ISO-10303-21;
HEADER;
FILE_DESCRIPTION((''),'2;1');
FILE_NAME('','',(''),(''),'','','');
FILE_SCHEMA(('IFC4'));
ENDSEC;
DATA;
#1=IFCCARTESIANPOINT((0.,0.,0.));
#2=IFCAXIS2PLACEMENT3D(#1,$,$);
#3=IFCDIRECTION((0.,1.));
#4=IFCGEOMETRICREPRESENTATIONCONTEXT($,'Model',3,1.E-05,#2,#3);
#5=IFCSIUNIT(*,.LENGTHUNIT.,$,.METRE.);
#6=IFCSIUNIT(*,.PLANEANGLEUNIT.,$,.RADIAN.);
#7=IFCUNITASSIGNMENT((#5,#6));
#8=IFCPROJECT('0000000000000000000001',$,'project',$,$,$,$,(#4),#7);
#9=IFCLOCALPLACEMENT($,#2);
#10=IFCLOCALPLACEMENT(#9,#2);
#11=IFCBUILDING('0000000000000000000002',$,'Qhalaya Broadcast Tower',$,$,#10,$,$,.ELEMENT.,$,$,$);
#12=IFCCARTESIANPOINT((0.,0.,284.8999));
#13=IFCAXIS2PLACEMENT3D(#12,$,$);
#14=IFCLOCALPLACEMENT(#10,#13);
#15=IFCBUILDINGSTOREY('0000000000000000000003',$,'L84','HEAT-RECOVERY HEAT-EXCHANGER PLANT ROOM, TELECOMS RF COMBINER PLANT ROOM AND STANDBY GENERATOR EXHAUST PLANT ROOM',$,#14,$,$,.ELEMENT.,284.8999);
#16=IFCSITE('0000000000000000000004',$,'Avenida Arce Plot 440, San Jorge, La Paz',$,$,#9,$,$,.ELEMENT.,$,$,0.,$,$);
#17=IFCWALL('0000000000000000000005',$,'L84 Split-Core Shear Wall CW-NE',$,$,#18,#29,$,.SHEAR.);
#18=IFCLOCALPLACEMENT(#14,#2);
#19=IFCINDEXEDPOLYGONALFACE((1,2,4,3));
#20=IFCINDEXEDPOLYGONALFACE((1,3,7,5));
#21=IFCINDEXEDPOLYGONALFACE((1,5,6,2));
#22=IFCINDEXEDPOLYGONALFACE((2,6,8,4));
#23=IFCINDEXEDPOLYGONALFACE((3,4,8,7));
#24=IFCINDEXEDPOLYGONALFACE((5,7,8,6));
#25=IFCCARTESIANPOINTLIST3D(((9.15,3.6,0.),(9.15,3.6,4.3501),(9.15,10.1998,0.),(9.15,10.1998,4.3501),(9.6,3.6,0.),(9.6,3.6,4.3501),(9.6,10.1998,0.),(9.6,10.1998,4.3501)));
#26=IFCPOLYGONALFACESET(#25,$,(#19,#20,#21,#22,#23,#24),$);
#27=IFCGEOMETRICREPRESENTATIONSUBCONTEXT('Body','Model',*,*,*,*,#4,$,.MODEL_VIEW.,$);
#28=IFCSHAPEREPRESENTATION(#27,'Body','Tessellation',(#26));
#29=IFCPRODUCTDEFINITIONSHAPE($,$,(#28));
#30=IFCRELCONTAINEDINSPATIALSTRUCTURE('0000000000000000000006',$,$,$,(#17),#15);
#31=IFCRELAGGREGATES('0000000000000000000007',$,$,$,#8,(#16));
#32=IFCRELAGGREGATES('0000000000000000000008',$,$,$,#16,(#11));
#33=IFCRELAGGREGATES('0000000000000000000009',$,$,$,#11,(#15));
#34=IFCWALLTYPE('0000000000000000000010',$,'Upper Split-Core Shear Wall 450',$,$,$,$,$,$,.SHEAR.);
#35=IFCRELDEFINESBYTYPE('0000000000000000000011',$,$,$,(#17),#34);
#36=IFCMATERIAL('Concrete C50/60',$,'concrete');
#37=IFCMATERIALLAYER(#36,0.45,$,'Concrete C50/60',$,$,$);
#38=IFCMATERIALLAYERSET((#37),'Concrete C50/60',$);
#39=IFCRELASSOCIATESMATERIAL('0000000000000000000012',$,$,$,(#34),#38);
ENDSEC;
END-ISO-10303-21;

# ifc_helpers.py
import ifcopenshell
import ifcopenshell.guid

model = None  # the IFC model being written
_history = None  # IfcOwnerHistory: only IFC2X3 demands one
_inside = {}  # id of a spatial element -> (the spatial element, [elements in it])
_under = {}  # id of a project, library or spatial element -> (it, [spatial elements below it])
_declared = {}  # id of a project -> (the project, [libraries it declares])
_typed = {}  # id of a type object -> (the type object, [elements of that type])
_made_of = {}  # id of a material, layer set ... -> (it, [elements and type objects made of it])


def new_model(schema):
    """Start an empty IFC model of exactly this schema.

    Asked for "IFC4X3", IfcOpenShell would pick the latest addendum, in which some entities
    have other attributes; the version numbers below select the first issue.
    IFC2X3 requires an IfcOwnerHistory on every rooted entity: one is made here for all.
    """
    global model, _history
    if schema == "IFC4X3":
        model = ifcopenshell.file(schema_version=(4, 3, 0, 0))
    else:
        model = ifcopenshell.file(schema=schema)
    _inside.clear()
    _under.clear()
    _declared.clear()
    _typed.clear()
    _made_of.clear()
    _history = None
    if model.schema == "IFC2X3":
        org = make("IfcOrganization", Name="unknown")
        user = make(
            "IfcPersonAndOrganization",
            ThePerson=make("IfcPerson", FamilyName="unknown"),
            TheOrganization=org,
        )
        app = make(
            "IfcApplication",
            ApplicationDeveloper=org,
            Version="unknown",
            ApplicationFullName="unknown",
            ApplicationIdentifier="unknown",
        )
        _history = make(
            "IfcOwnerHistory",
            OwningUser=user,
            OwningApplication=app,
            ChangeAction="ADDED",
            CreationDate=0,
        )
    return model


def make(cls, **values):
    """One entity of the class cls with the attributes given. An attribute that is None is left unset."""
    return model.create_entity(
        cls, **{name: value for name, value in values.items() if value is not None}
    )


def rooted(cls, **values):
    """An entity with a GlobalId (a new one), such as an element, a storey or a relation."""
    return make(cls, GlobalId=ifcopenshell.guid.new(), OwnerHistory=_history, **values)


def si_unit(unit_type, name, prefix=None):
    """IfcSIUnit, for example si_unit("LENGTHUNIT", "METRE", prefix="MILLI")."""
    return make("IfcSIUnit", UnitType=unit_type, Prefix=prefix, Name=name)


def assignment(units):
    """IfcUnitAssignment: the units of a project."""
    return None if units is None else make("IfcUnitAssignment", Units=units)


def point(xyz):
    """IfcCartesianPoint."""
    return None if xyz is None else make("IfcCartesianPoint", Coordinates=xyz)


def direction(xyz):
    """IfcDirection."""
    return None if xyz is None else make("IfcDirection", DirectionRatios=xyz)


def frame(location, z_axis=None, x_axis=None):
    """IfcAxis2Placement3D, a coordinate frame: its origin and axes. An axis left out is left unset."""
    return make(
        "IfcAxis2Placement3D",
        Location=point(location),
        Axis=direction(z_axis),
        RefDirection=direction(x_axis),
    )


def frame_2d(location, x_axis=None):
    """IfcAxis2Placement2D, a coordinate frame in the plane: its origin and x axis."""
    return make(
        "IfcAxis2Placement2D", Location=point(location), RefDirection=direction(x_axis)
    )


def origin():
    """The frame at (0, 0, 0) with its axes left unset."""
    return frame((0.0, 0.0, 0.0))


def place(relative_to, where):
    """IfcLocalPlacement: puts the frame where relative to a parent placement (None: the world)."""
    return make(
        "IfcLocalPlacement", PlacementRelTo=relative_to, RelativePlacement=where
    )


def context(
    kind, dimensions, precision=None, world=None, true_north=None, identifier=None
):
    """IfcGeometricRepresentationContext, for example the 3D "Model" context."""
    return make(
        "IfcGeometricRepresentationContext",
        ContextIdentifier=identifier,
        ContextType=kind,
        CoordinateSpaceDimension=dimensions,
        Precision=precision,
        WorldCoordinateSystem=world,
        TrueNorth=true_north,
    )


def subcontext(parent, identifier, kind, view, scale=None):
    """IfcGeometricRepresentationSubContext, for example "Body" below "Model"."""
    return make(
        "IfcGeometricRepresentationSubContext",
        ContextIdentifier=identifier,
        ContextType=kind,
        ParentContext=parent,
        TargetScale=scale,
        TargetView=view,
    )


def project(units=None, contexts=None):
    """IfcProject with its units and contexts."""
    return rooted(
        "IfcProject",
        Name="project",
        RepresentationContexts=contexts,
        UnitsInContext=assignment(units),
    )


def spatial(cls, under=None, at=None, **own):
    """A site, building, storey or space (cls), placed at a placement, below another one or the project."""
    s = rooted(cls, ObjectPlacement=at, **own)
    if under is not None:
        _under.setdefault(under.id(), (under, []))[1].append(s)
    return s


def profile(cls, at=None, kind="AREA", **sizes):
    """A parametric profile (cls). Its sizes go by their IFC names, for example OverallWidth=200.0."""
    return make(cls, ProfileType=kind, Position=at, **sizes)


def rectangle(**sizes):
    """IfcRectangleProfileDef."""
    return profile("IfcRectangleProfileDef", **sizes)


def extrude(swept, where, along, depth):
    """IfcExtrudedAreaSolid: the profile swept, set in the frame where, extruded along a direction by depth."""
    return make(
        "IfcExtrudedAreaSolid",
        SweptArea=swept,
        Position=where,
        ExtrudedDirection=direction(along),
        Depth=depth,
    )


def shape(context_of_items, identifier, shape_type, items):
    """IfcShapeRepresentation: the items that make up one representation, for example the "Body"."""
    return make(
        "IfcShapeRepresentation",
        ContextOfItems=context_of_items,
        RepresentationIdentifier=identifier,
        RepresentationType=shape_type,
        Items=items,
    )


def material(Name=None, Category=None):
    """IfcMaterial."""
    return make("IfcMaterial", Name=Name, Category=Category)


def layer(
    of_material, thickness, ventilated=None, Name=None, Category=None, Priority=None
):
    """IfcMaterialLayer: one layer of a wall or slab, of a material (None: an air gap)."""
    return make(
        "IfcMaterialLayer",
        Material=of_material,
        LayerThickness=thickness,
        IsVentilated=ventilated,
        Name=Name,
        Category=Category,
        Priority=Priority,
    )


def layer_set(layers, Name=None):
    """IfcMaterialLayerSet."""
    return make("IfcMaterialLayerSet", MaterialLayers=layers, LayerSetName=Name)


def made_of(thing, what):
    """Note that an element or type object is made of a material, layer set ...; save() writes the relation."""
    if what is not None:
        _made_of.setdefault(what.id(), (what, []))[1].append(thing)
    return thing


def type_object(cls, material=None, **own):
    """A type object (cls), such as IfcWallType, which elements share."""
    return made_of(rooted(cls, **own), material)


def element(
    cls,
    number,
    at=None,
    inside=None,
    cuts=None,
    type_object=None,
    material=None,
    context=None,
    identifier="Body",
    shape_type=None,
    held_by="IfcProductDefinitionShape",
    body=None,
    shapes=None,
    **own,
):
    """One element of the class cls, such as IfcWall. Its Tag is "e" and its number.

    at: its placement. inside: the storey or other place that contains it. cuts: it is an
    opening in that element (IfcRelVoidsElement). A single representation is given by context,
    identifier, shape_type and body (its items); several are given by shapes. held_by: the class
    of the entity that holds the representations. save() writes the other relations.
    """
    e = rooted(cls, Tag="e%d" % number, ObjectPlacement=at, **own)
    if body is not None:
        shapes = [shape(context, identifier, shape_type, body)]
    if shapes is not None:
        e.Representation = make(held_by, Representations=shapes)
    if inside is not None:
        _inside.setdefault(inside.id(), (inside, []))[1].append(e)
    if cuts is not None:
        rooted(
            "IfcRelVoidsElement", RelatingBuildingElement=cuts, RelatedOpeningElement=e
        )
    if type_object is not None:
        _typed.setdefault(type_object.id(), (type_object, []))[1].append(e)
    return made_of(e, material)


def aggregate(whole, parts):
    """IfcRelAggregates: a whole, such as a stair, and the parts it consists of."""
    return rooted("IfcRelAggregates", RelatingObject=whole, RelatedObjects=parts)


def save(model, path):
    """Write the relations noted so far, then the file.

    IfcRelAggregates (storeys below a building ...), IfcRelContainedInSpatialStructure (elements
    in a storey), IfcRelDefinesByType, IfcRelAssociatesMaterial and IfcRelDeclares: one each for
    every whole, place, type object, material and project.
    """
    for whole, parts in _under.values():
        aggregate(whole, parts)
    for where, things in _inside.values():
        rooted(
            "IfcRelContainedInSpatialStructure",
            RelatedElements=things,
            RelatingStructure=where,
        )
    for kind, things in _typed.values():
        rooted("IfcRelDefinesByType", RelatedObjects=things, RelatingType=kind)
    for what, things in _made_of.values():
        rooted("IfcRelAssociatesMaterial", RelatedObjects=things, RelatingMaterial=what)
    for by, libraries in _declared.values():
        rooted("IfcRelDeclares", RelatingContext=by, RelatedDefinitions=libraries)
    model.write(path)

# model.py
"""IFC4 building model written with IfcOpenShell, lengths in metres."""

from ifc_helpers import new_model, si_unit, direction, frame, frame_2d, origin, place, context, subcontext, project, spatial, rectangle, extrude, material, layer, layer_set, type_object, element, save


model = new_model("IFC4")

# Units and contexts
model_context = context("Model", 3, precision=1e-05, world=origin(), true_north=direction((0.0, 1.0)))
body_context = subcontext(model_context, "Body", "Model", "MODEL_VIEW")
ifc_project = project(units=[si_unit("LENGTHUNIT", "METRE"), si_unit("PLANEANGLEUNIT", "RADIAN")], contexts=[model_context])

# Site, building, storey
site_placement = place(None, origin())
site = spatial("IfcSite", under=ifc_project, at=site_placement, Name="Avenida Arce Plot 440, San Jorge, La Paz", CompositionType="ELEMENT", RefElevation=0.0)
building_placement = place(site_placement, origin())
building = spatial("IfcBuilding", under=site, at=building_placement, Name="Qhalaya Broadcast Tower", CompositionType="ELEMENT")
storey_placement = place(building_placement, frame((0.0, 0.0, 284.8999)))
storey = spatial("IfcBuildingStorey", under=building, at=storey_placement, Name="L84", Description="HEAT-RECOVERY HEAT-EXCHANGER PLANT ROOM, TELECOMS RF COMBINER PLANT ROOM AND STANDBY GENERATOR EXHAUST PLANT ROOM", CompositionType="ELEMENT", Elevation=284.8999)

# Shared definitions
ifc_material_1 = material(Name="Concrete C50/60", Category="concrete")

# Wall
ifc_layer_1 = layer(ifc_material_1, 0.45, Name="Concrete C50/60")
ifc_layer_set_1 = layer_set([ifc_layer_1], Name="Concrete C50/60")
wall_type_1 = type_object("IfcWallType", Name="Upper Split-Core Shear Wall 450", PredefinedType="SHEAR", material=ifc_layer_set_1)
wall_1_placement = place(storey_placement, frame((9.375, 3.6001, 0.0), z_axis=(0.0, 0.0, 1.0), x_axis=(0.0, 1.0, 0.0)))
element("IfcWall", 1, at=wall_1_placement, inside=storey, type_object=wall_type_1, Name="L84 Split-Core Shear Wall CW-NE", PredefinedType="SHEAR", context=body_context, shape_type="SweptSolid", body=[
    extrude(rectangle(XDim=6.5999, YDim=0.45, at=frame_2d((3.2998, 0.0))), origin(), (0.0, 0.0, 1.0), 4.3501),
])

save(model, "model.ifc")
